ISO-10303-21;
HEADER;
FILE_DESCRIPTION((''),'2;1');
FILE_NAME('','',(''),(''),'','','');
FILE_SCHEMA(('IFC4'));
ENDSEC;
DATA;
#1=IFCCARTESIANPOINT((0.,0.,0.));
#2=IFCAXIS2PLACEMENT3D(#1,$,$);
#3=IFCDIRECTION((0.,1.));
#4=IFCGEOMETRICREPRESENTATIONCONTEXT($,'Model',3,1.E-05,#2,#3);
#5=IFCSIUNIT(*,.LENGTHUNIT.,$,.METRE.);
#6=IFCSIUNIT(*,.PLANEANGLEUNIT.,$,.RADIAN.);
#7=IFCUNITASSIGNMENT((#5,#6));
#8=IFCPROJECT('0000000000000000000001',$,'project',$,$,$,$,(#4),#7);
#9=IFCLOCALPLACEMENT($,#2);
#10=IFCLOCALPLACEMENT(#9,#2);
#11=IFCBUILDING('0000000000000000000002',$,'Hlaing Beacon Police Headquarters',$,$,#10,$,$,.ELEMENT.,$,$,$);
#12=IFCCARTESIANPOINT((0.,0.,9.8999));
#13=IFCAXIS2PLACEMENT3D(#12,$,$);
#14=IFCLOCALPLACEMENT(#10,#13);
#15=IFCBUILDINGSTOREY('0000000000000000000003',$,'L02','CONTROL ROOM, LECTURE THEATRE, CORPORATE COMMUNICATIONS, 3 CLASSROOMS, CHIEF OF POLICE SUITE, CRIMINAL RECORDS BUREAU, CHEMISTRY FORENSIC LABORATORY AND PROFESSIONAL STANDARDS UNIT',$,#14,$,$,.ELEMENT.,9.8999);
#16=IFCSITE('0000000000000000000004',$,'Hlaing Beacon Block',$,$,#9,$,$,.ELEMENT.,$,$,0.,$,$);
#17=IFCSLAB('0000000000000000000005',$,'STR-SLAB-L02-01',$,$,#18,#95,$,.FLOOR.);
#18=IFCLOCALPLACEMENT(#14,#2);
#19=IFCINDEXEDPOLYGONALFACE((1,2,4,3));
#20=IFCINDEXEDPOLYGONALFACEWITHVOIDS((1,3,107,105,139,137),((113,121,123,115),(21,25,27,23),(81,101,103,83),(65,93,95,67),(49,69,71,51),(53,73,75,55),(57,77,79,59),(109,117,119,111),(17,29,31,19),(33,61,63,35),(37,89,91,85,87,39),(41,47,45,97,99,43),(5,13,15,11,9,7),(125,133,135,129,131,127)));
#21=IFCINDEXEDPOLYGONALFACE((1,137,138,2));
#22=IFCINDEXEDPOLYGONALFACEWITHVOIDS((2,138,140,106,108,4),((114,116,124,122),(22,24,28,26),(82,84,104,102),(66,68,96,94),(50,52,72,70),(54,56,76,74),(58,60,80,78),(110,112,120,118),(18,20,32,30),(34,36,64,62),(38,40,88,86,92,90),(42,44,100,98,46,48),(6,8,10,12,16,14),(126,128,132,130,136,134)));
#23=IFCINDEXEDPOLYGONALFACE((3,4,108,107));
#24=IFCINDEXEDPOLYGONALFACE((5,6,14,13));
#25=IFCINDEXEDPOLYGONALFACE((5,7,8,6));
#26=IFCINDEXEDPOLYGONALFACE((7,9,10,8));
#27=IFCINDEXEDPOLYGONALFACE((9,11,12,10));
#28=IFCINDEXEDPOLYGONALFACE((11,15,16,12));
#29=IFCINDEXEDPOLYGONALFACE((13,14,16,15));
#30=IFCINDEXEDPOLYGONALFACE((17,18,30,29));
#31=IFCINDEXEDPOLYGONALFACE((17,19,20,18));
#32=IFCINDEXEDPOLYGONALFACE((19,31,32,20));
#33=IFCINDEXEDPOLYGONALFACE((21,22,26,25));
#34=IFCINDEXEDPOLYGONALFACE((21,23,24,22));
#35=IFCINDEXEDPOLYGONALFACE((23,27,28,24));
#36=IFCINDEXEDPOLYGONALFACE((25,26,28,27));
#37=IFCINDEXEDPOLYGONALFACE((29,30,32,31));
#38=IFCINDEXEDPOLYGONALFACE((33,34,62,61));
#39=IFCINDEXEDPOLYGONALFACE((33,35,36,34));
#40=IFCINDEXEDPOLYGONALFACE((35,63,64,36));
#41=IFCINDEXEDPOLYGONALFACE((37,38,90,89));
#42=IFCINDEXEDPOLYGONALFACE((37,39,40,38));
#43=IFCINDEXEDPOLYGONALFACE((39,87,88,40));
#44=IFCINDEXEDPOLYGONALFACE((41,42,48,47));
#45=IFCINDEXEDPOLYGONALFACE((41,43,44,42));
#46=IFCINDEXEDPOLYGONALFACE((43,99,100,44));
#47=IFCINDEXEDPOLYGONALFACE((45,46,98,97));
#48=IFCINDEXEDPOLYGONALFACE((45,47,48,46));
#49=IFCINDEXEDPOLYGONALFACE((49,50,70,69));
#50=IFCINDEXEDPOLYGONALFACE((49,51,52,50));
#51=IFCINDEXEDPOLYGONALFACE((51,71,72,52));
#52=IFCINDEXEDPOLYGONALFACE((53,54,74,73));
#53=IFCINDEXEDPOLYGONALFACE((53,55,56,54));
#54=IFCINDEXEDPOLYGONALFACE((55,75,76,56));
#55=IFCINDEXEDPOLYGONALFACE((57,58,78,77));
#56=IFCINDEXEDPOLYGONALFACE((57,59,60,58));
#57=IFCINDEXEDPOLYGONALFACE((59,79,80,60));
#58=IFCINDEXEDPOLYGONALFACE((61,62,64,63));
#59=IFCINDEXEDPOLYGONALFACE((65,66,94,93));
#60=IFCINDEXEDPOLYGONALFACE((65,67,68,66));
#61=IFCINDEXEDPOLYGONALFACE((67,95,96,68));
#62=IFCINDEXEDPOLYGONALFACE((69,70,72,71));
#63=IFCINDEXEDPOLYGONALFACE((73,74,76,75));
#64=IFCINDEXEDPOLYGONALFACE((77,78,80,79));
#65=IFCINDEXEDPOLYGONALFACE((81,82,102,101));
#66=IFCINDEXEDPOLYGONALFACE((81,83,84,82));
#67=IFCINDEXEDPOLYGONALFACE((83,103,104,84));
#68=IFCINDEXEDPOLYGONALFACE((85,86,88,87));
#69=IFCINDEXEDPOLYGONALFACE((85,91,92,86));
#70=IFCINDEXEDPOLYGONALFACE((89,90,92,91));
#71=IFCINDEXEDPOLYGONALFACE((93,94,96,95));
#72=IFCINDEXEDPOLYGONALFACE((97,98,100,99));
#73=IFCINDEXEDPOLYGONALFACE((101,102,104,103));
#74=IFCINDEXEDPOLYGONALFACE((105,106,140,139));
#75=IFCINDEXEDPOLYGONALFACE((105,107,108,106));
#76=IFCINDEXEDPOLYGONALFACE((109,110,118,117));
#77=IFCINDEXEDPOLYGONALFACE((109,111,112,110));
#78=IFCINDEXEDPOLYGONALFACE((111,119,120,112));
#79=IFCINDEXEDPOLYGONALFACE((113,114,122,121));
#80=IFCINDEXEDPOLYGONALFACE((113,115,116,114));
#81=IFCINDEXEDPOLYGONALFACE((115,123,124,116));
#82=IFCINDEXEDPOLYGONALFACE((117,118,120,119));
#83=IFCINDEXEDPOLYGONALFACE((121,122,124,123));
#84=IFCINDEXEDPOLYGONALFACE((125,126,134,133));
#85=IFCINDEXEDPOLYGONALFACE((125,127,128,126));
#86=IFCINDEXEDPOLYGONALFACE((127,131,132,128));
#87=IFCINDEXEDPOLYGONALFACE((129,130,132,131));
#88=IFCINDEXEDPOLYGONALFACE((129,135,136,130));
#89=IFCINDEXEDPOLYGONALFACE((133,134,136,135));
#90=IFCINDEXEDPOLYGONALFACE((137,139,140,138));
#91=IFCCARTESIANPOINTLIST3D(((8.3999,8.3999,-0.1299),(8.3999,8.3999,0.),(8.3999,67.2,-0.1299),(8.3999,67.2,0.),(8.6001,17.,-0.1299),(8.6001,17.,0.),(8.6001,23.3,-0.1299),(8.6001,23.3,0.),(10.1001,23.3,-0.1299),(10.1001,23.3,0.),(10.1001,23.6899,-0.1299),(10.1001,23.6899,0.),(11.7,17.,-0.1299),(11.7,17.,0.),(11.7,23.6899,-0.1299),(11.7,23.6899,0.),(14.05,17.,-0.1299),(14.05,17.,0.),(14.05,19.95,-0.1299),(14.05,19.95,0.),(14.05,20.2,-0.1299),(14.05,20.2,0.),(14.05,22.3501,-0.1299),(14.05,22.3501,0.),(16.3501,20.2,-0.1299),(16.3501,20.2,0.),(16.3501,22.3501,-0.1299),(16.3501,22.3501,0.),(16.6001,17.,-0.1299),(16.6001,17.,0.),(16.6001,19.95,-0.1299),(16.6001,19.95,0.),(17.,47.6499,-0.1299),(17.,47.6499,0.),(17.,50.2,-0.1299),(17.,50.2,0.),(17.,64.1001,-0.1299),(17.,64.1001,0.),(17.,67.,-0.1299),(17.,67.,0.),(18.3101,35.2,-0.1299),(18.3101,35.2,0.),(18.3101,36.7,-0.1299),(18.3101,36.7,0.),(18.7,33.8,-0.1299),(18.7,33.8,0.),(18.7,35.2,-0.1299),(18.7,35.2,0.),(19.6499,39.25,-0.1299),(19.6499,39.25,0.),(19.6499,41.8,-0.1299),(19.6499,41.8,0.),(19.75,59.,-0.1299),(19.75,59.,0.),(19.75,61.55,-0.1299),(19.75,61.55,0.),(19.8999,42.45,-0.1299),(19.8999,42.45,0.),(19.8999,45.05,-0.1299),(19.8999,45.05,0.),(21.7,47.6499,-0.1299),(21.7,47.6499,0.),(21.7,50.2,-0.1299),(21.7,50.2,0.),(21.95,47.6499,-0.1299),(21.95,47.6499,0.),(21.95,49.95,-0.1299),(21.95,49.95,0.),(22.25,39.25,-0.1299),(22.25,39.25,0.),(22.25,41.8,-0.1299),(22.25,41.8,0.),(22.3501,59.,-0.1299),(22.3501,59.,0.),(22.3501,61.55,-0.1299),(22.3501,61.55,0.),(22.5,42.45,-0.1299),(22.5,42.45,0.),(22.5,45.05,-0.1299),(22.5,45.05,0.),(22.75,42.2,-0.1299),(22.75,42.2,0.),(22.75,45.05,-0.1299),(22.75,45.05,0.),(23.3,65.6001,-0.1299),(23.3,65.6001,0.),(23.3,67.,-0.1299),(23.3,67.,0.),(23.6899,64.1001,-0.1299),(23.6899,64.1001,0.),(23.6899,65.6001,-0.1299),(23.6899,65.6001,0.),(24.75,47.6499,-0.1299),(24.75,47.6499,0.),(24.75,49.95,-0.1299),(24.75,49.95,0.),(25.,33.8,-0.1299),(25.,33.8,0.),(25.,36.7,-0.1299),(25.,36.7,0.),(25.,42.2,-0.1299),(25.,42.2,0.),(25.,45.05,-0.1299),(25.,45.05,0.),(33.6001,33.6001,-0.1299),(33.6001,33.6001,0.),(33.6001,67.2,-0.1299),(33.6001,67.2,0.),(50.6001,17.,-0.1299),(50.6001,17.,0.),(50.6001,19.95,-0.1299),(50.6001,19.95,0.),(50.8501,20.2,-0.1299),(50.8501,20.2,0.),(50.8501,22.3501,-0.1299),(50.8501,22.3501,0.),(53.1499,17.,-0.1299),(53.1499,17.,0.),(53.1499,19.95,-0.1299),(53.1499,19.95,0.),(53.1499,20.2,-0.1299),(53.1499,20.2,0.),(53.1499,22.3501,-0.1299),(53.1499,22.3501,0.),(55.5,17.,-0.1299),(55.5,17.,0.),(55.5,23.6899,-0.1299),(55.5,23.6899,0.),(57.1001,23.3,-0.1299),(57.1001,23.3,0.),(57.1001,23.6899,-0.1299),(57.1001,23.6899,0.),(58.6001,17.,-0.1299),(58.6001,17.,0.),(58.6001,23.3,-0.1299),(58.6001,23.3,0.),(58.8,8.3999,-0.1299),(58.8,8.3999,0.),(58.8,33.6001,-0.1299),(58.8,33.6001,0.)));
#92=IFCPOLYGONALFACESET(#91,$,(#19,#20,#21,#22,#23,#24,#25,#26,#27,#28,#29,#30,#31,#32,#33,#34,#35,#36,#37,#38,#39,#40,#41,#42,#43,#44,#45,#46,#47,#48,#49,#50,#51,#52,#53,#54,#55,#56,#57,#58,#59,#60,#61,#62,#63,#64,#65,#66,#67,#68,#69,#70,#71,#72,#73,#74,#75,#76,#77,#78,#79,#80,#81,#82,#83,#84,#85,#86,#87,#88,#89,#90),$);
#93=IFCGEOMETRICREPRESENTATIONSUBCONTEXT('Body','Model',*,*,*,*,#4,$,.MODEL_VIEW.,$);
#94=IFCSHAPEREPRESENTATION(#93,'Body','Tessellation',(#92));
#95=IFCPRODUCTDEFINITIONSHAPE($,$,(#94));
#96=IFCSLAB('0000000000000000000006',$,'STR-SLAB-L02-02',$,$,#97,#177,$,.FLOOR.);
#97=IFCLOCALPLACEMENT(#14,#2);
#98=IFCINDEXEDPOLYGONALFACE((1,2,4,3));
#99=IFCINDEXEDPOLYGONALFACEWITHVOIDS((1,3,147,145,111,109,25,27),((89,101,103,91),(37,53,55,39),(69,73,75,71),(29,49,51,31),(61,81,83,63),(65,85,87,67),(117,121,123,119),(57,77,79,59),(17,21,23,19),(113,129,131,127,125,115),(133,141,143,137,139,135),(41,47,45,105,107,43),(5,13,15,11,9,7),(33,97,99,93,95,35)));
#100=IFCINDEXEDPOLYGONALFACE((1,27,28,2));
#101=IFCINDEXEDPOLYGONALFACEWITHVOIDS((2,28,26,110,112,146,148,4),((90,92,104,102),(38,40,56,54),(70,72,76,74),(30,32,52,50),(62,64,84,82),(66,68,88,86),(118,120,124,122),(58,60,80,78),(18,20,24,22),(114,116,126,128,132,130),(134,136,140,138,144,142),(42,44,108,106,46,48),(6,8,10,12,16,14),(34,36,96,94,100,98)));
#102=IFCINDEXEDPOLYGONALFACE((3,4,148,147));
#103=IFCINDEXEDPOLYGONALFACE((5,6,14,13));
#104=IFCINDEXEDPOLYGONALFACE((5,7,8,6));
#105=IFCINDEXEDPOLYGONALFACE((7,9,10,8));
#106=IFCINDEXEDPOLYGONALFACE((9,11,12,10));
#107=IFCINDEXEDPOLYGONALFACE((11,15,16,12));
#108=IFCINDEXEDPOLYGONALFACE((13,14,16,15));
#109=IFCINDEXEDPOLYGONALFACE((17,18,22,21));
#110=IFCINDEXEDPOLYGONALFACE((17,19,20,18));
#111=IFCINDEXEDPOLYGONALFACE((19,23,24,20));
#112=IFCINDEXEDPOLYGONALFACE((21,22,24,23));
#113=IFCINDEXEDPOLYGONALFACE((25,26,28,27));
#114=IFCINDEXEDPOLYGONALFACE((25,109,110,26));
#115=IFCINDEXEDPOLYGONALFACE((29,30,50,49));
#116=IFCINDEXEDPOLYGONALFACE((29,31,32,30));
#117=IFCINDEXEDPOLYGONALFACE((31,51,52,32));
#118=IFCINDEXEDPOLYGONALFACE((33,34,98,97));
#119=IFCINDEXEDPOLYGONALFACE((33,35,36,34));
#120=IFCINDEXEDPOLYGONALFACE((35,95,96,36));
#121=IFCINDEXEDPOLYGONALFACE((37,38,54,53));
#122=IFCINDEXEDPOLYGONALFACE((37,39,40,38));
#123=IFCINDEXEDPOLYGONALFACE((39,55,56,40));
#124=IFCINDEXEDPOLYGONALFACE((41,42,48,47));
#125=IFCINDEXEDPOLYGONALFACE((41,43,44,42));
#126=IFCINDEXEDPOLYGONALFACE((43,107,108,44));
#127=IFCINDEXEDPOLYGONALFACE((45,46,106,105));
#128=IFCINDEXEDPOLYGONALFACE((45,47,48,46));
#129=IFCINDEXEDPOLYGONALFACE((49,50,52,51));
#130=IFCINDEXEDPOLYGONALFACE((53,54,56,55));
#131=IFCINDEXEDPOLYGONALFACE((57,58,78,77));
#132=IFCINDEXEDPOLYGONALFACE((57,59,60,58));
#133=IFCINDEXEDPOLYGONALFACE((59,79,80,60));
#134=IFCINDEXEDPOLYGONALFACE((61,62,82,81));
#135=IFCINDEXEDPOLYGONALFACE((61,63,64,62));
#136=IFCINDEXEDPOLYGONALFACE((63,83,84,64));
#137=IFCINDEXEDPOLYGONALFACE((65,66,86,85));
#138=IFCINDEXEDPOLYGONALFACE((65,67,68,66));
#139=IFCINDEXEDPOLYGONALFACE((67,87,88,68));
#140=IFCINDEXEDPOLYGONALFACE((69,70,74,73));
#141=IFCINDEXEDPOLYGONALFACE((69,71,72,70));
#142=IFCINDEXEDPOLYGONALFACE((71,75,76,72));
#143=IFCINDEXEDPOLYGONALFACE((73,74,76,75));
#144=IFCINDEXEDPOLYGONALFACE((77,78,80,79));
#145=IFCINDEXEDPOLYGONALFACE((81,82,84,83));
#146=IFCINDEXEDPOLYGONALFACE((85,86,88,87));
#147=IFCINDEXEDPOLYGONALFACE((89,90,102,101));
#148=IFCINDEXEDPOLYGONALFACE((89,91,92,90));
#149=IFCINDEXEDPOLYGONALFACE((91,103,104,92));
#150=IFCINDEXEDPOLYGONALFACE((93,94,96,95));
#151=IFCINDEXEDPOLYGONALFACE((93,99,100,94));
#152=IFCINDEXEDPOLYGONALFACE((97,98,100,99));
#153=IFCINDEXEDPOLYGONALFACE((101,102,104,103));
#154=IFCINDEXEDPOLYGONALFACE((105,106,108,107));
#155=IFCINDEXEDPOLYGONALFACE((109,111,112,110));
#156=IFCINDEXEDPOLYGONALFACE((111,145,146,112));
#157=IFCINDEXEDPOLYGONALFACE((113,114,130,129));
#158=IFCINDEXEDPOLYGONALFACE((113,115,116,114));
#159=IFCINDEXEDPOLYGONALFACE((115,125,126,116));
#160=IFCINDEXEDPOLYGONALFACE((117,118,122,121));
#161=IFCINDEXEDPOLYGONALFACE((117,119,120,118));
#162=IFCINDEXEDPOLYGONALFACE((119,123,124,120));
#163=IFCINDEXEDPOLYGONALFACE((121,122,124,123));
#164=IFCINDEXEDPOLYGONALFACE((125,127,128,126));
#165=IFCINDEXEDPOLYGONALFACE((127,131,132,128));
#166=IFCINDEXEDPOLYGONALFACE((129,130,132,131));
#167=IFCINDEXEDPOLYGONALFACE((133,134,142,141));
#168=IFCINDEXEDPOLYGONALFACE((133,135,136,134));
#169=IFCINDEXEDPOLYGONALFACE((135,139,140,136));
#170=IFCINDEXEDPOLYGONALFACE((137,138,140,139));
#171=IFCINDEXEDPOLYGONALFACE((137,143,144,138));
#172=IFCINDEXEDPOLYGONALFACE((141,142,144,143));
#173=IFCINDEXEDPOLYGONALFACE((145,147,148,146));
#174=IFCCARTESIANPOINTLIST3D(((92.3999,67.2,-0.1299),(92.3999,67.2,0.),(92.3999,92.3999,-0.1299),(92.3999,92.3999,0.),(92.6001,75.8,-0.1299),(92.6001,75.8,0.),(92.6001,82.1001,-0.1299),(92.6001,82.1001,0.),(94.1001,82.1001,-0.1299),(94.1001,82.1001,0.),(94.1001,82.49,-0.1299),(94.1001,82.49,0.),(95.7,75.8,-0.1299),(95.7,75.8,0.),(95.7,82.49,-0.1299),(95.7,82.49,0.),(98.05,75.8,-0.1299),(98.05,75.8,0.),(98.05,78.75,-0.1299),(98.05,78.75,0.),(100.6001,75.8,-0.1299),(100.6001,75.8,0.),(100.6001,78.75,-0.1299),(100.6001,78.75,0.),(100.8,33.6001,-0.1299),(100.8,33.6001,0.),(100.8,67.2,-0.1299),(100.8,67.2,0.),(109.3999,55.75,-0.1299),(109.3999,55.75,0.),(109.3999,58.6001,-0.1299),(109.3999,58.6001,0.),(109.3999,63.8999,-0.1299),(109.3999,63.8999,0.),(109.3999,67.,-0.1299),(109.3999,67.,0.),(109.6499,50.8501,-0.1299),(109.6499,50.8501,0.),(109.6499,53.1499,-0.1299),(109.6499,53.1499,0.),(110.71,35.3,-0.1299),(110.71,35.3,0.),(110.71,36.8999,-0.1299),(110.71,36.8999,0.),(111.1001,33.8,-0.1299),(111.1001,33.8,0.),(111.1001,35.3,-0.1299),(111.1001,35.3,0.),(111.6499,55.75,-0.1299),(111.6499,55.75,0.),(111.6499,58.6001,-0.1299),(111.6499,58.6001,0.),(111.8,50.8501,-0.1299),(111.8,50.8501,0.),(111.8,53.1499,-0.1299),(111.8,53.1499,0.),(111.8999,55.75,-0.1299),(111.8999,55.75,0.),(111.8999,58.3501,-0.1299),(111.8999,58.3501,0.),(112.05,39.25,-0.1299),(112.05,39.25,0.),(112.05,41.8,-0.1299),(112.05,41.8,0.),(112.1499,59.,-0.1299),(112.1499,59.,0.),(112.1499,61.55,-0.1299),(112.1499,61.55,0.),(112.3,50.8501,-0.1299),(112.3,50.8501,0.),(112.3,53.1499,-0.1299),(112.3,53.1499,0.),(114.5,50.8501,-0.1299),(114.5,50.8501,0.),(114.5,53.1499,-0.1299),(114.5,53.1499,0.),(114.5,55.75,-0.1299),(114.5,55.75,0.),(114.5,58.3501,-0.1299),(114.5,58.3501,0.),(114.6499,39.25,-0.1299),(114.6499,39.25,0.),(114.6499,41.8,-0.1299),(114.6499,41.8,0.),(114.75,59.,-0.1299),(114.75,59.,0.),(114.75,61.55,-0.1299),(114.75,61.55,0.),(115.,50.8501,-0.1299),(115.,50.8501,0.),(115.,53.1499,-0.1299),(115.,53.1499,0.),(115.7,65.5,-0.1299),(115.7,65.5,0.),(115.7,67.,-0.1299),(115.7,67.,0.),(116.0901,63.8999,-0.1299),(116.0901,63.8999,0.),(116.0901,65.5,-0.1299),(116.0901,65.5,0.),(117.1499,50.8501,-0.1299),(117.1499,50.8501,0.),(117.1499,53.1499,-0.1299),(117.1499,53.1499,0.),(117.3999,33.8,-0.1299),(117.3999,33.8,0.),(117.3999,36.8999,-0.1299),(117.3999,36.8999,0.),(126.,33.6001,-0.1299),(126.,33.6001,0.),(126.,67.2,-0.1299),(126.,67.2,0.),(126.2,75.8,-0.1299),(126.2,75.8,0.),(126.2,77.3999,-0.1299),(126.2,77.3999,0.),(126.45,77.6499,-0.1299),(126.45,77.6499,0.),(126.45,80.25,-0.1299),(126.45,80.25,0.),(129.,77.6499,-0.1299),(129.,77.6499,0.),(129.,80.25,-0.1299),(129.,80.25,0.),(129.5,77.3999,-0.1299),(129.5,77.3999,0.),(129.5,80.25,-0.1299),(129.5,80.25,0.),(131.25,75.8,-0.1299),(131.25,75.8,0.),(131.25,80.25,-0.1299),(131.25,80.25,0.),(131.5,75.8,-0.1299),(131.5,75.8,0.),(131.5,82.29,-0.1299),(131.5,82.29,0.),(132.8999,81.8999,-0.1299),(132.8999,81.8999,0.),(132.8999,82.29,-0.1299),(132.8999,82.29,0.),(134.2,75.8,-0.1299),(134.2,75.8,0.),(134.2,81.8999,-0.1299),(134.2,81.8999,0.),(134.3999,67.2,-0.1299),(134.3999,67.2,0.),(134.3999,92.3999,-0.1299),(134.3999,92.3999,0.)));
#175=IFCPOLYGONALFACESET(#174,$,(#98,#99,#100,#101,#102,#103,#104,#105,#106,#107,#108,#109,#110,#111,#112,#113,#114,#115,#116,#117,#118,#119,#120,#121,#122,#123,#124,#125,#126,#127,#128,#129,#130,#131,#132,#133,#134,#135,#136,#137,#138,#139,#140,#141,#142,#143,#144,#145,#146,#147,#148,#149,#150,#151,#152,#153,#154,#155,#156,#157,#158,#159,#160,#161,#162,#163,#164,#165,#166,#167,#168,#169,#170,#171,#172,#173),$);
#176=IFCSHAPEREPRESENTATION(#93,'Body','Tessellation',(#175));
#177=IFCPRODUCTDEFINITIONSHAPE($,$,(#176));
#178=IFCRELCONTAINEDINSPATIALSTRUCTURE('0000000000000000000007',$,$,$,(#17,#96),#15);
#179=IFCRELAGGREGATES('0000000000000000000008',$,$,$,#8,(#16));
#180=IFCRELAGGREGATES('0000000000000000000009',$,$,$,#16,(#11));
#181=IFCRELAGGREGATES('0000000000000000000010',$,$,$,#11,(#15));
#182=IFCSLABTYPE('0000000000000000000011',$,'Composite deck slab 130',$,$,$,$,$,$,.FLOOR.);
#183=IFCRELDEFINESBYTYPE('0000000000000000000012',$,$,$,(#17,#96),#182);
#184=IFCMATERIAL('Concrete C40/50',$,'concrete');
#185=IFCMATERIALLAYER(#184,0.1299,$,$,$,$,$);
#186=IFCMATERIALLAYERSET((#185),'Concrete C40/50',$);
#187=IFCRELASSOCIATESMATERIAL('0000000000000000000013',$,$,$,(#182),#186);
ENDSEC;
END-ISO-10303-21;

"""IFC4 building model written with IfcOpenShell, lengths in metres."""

from ifc_helpers import new_model, si_unit, direction, frame, origin, place, context, subcontext, project, spatial, polyline, outline, extrude, material, layer, layer_set, type_object, element, save


model = new_model("IFC4")

# Units and contexts
model_context = context("Model", 3, precision=1e-05, world=origin(), true_north=direction((0.0, 1.0)))
body_context = subcontext(model_context, "Body", "Model", "MODEL_VIEW")
ifc_project = project(units=[si_unit("LENGTHUNIT", "METRE"), si_unit("PLANEANGLEUNIT", "RADIAN")], contexts=[model_context])

# Site, building, storey
site_placement = place(None, origin())
site = spatial("IfcSite", under=ifc_project, at=site_placement, Name="Hlaing Beacon Block", CompositionType="ELEMENT", RefElevation=0.0)
building_placement = place(site_placement, origin())
building = spatial("IfcBuilding", under=site, at=building_placement, Name="Hlaing Beacon Police Headquarters", CompositionType="ELEMENT")
storey_placement = place(building_placement, frame((0.0, 0.0, 9.8999)))
storey = spatial("IfcBuildingStorey", under=building, at=storey_placement, Name="L02", Description="CONTROL ROOM, LECTURE THEATRE, CORPORATE COMMUNICATIONS, 3 CLASSROOMS, CHIEF OF POLICE SUITE, CRIMINAL RECORDS BUREAU, CHEMISTRY FORENSIC LABORATORY AND PROFESSIONAL STANDARDS UNIT", CompositionType="ELEMENT", Elevation=9.8999)

# Slabs
ifc_material_1 = material(Name="Concrete C40/50", Category="concrete")
ifc_layer_1 = layer(ifc_material_1, 0.1299)
ifc_layer_set_1 = layer_set([ifc_layer_1], Name="Concrete C40/50")
slab_type_1 = type_object("IfcSlabType", Name="Composite deck slab 130", PredefinedType="FLOOR", material=ifc_layer_set_1)
slab_1_placement = place(storey_placement, frame((0.0, 0.0, -0.1299)))
element("IfcSlab", 1, at=slab_1_placement, inside=storey, type_object=slab_type_1, Name="STR-SLAB-L02-01", PredefinedType="FLOOR", context=body_context, shape_type="SweptSolid", body=[
    extrude(outline(polyline([(8.3999, 8.3999), (58.8, 8.3999), (58.8, 33.6001), (33.6001, 33.6001), (33.6001, 67.2), (8.3999, 67.2), (8.3999, 8.3999)]), holes=[polyline([(8.6001, 17.0), (11.7, 17.0), (11.7, 23.6899), (10.1001, 23.6899), (10.1001, 23.3), (8.6001, 23.3), (8.6001, 17.0)]), polyline([(14.05, 17.0), (16.6001, 17.0), (16.6001, 19.95), (14.05, 19.95), (14.05, 17.0)]), polyline([(14.05, 20.2), (16.3501, 20.2), (16.3501, 22.3501), (14.05, 22.3501), (14.05, 20.2)]), polyline([(17.0, 47.6499), (21.7, 47.6499), (21.7, 50.2), (17.0, 50.2), (17.0, 47.6499)]), polyline([(17.0, 64.1001), (23.6899, 64.1001), (23.6899, 65.6001), (23.3, 65.6001), (23.3, 67.0), (17.0, 67.0), (17.0, 64.1001)]), polyline([(18.7, 33.8), (25.0, 33.8), (25.0, 36.7), (18.3101, 36.7), (18.3101, 35.2), (18.7, 35.2), (18.7, 33.8)]), polyline([(19.6499, 39.25), (22.25, 39.25), (22.25, 41.8), (19.6499, 41.8), (19.6499, 39.25)]), polyline([(19.75, 59.0), (22.3501, 59.0), (22.3501, 61.55), (19.75, 61.55), (19.75, 59.0)]), polyline([(19.8999, 42.45), (22.5, 42.45), (22.5, 45.05), (19.8999, 45.05), (19.8999, 42.45)]), polyline([(21.95, 47.6499), (24.75, 47.6499), (24.75, 49.95), (21.95, 49.95), (21.95, 47.6499)]), polyline([(22.75, 42.2), (25.0, 42.2), (25.0, 45.05), (22.75, 45.05), (22.75, 42.2)]), polyline([(50.6001, 17.0), (53.1499, 17.0), (53.1499, 19.95), (50.6001, 19.95), (50.6001, 17.0)]), polyline([(50.8501, 20.2), (53.1499, 20.2), (53.1499, 22.3501), (50.8501, 22.3501), (50.8501, 20.2)]), polyline([(55.5, 17.0), (58.6001, 17.0), (58.6001, 23.3), (57.1001, 23.3), (57.1001, 23.6899), (55.5, 23.6899), (55.5, 17.0)])]), origin(), (0.0, 0.0, 1.0), 0.1299),
])
slab_2_placement = place(storey_placement, frame((0.0, 0.0, -0.1299)))
element("IfcSlab", 2, at=slab_2_placement, inside=storey, type_object=slab_type_1, Name="STR-SLAB-L02-02", PredefinedType="FLOOR", context=body_context, shape_type="SweptSolid", body=[
    extrude(outline(polyline([(100.8, 33.6001), (126.0, 33.6001), (126.0, 67.2), (134.3999, 67.2), (134.3999, 92.3999), (92.3999, 92.3999), (92.3999, 67.2), (100.8, 67.2), (100.8, 33.6001)]), holes=[polyline([(92.6001, 75.8), (95.7, 75.8), (95.7, 82.49), (94.1001, 82.49), (94.1001, 82.1001), (92.6001, 82.1001), (92.6001, 75.8)]), polyline([(98.05, 75.8), (100.6001, 75.8), (100.6001, 78.75), (98.05, 78.75), (98.05, 75.8)]), polyline([(109.3999, 55.75), (111.6499, 55.75), (111.6499, 58.6001), (109.3999, 58.6001), (109.3999, 55.75)]), polyline([(109.3999, 63.8999), (116.0901, 63.8999), (116.0901, 65.5), (115.7, 65.5), (115.7, 67.0), (109.3999, 67.0), (109.3999, 63.8999)]), polyline([(109.6499, 50.8501), (111.8, 50.8501), (111.8, 53.1499), (109.6499, 53.1499), (109.6499, 50.8501)]), polyline([(111.1001, 33.8), (117.3999, 33.8), (117.3999, 36.8999), (110.71, 36.8999), (110.71, 35.3), (111.1001, 35.3), (111.1001, 33.8)]), polyline([(111.8999, 55.75), (114.5, 55.75), (114.5, 58.3501), (111.8999, 58.3501), (111.8999, 55.75)]), polyline([(112.05, 39.25), (114.6499, 39.25), (114.6499, 41.8), (112.05, 41.8), (112.05, 39.25)]), polyline([(112.1499, 59.0), (114.75, 59.0), (114.75, 61.55), (112.1499, 61.55), (112.1499, 59.0)]), polyline([(112.3, 50.8501), (114.5, 50.8501), (114.5, 53.1499), (112.3, 53.1499), (112.3, 50.8501)]), polyline([(115.0, 50.8501), (117.1499, 50.8501), (117.1499, 53.1499), (115.0, 53.1499), (115.0, 50.8501)]), polyline([(126.2, 75.8), (131.25, 75.8), (131.25, 80.25), (129.5, 80.25), (129.5, 77.3999), (126.2, 77.3999), (126.2, 75.8)]), polyline([(126.45, 77.6499), (129.0, 77.6499), (129.0, 80.25), (126.45, 80.25), (126.45, 77.6499)]), polyline([(131.5, 75.8), (134.2, 75.8), (134.2, 81.8999), (132.8999, 81.8999), (132.8999, 82.29), (131.5, 82.29), (131.5, 75.8)])]), origin(), (0.0, 0.0, 1.0), 0.1299),
])

save(model, "model.ifc")
